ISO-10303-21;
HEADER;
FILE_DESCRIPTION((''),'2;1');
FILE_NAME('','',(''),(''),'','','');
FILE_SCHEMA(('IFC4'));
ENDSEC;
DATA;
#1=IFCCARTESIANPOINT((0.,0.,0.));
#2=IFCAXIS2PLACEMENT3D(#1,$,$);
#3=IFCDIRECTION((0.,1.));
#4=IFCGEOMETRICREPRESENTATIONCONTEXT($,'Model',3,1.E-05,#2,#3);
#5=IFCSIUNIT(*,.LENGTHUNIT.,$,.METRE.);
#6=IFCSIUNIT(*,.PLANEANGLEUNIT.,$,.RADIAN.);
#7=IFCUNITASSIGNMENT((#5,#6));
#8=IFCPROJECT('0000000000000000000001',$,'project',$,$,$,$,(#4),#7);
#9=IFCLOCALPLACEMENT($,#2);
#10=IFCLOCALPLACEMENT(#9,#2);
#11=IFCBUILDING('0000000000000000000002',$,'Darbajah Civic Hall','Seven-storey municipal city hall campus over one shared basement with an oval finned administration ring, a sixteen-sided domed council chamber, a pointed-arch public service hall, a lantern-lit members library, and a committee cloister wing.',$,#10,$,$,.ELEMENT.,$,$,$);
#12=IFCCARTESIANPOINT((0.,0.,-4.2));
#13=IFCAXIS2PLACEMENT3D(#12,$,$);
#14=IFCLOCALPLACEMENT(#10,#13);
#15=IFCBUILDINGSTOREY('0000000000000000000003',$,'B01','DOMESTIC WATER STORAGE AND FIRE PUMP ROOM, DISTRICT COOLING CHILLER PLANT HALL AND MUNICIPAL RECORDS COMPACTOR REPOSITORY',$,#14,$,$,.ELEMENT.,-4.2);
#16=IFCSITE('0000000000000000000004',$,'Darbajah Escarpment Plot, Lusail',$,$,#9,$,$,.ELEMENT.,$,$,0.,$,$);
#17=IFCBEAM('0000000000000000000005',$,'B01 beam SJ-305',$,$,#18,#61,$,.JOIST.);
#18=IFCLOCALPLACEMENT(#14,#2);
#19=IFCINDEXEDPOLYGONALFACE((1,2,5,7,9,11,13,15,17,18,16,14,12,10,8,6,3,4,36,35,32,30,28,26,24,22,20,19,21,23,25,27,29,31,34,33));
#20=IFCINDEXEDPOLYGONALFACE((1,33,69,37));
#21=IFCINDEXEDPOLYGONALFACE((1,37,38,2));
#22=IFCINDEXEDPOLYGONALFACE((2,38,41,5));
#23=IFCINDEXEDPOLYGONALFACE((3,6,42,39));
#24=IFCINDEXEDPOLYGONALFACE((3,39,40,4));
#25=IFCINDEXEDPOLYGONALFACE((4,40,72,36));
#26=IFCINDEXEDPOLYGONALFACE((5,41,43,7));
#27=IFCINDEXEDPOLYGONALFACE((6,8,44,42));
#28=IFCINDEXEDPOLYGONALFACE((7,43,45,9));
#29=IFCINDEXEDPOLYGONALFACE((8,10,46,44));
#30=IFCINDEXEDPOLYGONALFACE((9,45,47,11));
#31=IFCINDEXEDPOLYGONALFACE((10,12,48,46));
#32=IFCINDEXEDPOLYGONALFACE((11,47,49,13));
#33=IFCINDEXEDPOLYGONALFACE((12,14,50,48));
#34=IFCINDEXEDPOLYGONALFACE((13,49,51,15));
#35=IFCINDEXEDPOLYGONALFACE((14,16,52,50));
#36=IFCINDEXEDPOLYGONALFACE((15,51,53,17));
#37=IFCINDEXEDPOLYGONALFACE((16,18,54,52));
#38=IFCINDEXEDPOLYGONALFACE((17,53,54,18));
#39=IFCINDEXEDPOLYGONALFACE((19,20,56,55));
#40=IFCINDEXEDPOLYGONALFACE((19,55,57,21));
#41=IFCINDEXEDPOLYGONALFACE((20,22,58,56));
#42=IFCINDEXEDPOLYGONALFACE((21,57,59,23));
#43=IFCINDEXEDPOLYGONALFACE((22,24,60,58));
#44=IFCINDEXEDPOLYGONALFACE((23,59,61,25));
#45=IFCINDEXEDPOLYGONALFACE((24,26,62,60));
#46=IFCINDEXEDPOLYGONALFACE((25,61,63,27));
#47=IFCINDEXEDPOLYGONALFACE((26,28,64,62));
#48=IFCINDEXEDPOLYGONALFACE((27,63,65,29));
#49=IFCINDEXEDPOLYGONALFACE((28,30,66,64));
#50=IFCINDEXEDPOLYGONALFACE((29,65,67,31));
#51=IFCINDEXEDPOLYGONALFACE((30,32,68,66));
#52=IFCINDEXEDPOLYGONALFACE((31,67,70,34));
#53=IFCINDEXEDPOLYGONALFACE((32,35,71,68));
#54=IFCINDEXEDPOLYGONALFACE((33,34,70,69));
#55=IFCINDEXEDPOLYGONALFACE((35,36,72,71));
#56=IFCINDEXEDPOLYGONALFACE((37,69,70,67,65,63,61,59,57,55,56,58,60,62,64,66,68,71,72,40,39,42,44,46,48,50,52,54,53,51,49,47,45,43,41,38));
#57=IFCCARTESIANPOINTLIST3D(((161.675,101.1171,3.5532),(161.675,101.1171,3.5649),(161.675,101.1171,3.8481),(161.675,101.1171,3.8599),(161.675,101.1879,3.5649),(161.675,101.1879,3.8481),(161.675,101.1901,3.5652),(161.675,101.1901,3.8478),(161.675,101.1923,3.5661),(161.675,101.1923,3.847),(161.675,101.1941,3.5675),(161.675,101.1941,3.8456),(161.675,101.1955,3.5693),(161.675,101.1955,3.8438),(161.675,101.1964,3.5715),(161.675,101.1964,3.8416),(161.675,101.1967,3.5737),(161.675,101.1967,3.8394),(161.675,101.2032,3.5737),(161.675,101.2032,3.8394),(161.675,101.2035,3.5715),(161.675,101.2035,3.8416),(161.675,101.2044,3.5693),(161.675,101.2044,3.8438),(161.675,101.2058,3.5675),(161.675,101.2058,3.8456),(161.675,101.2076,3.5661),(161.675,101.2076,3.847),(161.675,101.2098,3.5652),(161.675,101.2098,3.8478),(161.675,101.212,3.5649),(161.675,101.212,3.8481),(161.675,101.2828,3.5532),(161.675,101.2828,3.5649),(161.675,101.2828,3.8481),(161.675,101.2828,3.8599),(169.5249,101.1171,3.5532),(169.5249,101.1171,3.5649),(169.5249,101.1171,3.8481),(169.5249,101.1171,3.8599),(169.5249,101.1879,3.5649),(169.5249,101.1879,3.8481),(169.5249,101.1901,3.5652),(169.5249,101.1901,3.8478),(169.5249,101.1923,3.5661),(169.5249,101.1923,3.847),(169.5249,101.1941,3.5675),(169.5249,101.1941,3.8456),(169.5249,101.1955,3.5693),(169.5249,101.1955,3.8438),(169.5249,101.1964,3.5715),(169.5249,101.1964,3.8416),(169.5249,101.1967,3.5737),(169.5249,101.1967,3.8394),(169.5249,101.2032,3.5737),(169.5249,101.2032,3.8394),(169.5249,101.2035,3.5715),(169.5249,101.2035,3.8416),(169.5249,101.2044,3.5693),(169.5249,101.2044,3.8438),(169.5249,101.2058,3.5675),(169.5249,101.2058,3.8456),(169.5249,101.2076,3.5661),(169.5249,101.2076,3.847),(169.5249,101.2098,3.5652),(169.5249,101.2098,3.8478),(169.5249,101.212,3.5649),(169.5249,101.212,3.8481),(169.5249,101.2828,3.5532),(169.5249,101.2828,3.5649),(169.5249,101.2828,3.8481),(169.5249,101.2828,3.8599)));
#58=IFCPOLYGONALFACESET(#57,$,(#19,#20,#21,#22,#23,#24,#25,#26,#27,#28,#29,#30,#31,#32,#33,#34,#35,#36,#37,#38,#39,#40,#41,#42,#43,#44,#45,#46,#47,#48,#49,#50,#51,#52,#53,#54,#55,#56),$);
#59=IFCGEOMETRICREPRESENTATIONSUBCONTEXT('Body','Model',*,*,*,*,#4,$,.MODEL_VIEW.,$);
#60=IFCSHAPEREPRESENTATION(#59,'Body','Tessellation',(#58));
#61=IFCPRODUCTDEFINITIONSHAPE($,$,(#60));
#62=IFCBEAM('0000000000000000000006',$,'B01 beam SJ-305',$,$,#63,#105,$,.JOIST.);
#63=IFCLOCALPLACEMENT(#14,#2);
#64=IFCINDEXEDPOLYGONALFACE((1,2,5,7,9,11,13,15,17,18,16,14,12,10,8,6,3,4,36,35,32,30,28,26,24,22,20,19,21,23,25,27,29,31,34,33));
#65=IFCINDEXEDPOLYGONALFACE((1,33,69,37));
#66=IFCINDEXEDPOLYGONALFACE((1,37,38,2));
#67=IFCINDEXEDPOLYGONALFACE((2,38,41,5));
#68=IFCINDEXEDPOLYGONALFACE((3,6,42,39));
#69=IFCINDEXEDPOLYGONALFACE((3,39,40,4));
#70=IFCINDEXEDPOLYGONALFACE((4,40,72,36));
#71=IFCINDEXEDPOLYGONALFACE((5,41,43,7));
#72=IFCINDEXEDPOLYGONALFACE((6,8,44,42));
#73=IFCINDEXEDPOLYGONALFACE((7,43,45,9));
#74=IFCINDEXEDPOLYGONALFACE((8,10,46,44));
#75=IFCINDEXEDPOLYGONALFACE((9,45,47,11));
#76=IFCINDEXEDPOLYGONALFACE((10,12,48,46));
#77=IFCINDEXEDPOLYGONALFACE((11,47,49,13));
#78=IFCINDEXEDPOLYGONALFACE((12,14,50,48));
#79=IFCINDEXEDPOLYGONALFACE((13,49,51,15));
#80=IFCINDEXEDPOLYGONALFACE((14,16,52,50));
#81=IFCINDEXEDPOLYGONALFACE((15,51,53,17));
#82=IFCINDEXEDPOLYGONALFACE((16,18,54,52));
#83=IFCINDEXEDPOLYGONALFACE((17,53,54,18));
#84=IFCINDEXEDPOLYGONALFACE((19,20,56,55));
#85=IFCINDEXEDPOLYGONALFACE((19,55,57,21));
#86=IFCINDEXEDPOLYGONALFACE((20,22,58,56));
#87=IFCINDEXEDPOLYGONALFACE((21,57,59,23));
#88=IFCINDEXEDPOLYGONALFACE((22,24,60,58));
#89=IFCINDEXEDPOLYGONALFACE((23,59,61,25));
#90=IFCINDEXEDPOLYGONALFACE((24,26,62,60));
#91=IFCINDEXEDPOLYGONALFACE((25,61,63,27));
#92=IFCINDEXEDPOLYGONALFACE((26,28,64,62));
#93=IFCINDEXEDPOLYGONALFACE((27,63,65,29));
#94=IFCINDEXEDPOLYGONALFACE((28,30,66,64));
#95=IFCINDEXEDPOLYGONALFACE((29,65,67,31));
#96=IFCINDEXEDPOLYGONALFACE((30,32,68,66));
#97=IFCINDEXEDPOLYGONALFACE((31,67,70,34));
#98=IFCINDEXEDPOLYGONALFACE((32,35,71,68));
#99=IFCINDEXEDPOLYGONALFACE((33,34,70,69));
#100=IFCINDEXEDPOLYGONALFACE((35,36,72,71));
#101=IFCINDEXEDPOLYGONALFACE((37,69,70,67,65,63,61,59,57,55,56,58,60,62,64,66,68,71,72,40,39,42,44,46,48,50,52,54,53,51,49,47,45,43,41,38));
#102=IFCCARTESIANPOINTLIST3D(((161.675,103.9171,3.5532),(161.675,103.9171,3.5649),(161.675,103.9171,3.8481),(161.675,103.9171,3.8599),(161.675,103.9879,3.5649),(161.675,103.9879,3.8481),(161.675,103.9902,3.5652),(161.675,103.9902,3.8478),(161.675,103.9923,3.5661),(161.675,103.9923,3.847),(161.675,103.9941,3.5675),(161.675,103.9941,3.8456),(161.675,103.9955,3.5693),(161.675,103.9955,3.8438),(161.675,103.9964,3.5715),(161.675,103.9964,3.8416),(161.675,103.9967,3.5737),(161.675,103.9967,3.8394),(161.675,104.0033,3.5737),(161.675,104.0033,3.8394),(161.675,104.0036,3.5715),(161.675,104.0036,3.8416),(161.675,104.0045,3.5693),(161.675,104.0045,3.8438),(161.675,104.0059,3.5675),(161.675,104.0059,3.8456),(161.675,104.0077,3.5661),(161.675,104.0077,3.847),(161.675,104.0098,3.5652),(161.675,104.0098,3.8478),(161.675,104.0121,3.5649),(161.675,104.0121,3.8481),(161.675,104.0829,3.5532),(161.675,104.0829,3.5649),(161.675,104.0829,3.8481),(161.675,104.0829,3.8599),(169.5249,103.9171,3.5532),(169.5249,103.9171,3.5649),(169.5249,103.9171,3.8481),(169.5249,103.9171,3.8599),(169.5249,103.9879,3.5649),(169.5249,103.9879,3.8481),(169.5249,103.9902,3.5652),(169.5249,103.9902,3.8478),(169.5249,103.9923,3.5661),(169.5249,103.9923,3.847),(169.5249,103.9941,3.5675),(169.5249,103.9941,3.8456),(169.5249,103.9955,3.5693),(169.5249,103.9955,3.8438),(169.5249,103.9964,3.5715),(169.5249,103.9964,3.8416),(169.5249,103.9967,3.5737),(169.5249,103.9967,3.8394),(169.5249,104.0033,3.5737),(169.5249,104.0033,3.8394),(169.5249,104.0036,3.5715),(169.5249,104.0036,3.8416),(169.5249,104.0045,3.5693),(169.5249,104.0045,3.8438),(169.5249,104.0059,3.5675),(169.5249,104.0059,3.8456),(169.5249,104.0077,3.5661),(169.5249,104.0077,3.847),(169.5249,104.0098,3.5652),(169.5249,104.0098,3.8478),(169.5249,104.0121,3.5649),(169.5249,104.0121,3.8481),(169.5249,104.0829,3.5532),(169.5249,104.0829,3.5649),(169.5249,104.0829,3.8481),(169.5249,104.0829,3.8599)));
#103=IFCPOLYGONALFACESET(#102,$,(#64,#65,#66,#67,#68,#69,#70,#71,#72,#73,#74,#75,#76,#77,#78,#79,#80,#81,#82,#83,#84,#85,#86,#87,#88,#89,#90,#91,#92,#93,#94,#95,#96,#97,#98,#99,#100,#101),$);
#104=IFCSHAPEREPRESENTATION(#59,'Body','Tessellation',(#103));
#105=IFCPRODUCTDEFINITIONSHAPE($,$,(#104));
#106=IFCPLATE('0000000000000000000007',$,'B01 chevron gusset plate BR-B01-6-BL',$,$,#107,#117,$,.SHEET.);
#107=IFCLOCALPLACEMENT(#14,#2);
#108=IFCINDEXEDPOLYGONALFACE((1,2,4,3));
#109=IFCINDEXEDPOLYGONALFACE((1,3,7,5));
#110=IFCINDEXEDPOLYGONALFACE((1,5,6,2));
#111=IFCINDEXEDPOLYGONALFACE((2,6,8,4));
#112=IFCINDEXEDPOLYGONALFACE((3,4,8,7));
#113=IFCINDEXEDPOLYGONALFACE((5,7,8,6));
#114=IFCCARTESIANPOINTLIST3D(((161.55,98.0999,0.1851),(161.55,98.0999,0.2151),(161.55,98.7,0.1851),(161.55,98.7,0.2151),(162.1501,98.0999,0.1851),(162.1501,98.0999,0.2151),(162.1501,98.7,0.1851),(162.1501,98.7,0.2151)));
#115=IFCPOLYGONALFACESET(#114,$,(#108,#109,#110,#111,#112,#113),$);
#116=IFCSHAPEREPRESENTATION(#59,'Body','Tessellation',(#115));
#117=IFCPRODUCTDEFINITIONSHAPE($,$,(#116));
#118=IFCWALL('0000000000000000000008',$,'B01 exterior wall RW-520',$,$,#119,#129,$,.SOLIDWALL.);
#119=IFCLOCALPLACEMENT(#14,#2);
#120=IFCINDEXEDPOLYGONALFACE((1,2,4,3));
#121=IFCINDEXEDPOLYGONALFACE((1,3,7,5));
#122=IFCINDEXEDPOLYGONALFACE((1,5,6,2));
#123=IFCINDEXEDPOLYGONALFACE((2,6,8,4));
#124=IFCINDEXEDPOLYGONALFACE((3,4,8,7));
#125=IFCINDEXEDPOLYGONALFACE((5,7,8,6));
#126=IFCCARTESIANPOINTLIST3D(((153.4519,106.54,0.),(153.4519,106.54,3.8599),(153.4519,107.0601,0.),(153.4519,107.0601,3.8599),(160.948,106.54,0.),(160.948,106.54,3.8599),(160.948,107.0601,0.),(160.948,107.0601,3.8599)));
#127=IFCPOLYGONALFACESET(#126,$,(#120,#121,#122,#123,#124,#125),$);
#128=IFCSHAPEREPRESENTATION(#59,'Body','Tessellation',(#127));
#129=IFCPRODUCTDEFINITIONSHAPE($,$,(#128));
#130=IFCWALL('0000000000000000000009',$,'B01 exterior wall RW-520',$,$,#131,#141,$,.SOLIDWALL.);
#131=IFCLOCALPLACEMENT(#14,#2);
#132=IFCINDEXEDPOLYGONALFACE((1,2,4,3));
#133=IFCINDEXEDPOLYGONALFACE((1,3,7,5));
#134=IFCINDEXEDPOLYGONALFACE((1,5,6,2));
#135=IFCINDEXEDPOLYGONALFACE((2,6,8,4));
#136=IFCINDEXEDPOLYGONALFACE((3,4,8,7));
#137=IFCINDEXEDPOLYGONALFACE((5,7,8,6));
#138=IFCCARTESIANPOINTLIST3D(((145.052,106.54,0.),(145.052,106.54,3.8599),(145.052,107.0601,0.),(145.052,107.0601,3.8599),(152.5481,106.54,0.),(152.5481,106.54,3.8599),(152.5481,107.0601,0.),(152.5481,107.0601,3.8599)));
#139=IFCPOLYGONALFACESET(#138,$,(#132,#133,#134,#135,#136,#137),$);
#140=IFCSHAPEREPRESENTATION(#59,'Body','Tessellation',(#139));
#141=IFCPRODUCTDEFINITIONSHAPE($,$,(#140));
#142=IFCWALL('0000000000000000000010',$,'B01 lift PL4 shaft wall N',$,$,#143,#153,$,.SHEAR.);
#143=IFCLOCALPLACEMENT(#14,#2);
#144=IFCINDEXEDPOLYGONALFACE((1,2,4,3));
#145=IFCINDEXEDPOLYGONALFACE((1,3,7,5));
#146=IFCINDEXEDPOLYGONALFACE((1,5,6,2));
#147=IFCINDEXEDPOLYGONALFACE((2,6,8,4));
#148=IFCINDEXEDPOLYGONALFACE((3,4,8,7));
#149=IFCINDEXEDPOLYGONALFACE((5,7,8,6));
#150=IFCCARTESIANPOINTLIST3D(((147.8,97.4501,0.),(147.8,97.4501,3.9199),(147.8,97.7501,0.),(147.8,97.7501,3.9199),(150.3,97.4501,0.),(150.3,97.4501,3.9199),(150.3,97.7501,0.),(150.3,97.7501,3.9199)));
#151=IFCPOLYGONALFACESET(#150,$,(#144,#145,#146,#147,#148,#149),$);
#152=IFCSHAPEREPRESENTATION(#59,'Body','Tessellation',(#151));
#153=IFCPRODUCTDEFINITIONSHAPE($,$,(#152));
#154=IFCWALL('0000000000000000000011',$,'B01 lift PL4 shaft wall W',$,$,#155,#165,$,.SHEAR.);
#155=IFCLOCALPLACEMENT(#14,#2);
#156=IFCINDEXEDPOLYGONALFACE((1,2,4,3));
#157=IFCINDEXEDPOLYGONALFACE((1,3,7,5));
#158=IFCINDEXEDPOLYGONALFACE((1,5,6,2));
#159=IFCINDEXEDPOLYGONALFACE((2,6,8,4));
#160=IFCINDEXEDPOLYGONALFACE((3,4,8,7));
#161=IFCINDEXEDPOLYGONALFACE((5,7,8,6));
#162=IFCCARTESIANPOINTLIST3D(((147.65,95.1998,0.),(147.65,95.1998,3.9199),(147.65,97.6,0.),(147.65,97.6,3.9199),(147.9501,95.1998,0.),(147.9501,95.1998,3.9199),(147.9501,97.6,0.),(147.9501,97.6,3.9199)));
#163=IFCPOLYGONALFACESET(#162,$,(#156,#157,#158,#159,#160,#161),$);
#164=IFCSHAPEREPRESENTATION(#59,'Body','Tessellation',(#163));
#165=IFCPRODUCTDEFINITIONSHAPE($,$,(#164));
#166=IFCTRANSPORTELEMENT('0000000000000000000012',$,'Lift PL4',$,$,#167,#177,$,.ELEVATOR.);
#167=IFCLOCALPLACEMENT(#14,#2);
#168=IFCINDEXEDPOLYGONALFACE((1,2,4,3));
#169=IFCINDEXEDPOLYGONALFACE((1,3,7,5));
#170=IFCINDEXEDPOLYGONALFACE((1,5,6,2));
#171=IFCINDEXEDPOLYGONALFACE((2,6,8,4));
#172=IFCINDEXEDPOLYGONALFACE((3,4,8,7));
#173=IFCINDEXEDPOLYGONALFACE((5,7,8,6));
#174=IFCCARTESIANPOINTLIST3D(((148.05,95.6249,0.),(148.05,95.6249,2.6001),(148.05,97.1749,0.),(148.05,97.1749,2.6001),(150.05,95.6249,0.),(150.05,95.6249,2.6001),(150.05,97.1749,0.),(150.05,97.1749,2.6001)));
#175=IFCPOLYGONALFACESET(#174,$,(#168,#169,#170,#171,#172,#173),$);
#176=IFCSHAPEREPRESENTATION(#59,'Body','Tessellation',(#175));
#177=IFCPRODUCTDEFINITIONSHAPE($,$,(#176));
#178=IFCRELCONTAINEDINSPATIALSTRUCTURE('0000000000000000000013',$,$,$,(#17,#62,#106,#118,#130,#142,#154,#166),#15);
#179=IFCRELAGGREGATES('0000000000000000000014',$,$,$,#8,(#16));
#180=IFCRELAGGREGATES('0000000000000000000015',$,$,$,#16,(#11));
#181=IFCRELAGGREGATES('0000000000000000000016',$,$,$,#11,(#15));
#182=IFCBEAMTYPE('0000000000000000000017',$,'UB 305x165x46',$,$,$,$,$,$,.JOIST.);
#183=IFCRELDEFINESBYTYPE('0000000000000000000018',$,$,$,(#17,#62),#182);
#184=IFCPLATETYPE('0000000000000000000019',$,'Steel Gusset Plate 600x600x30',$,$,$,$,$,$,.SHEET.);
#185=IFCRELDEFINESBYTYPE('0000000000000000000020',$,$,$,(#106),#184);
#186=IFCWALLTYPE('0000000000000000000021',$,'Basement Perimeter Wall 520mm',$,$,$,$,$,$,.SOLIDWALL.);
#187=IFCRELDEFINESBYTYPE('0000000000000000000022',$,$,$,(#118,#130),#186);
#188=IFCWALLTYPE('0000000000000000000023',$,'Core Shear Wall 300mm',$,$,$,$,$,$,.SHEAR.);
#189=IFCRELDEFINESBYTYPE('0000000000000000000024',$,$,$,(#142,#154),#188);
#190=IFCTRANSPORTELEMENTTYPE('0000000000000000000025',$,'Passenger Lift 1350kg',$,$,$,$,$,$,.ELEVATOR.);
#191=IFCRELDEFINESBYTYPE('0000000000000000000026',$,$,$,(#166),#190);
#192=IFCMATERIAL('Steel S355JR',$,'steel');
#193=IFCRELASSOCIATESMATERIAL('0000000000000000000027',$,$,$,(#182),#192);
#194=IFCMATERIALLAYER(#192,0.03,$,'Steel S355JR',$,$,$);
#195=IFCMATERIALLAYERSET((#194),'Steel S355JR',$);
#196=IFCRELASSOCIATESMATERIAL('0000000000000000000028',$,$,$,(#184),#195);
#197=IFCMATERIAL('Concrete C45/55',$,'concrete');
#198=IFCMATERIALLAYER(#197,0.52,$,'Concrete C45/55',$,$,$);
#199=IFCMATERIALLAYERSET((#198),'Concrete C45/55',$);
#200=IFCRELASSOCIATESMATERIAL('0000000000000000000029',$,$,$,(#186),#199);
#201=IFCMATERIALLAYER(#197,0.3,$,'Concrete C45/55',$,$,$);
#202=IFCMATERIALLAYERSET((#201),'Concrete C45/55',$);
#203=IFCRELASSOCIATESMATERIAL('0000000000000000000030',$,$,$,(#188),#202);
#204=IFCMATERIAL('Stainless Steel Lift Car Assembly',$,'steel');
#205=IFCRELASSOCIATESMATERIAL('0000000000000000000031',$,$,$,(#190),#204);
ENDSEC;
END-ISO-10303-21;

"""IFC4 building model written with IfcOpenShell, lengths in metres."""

from ifc_helpers import new_model, si_unit, direction, frame, frame_2d, origin, origin_2d, place, context, subcontext, project, spatial, rectangle, i_section, extrude, material, layer, layer_set, material_profile, profile_set, type_object, element, save


model = new_model("IFC4")

# Units and contexts
model_context = context("Model", 3, precision=1e-05, world=origin(), true_north=direction((0.0, 1.0)))
body_context = subcontext(model_context, "Body", "Model", "MODEL_VIEW")
ifc_project = project(units=[si_unit("LENGTHUNIT", "METRE"), si_unit("PLANEANGLEUNIT", "RADIAN")], contexts=[model_context])

# Site, building, storey
site_placement = place(None, origin())
site = spatial("IfcSite", under=ifc_project, at=site_placement, Name="Darbajah Escarpment Plot, Lusail", CompositionType="ELEMENT", RefElevation=0.0)
building_placement = place(site_placement, origin())
building = spatial("IfcBuilding", under=site, at=building_placement, Name="Darbajah Civic Hall", Description="Seven-storey municipal city hall campus over one shared basement with an oval finned administration ring, a sixteen-sided domed council chamber, a pointed-arch public service hall, a lantern-lit members library, and a committee cloister wing.", CompositionType="ELEMENT")
storey_placement = place(building_placement, frame((0.0, 0.0, -4.2)))
storey = spatial("IfcBuildingStorey", under=building, at=storey_placement, Name="B01", Description="DOMESTIC WATER STORAGE AND FIRE PUMP ROOM, DISTRICT COOLING CHILLER PLANT HALL AND MUNICIPAL RECORDS COMPACTOR REPOSITORY", CompositionType="ELEMENT", Elevation=-4.2)

# Shared definitions
ifc_material_1 = material(Name="Concrete C45/55", Category="concrete")

# Shared definitions
ifc_material_2 = material(Name="Steel S355JR", Category="steel")

# Beams
ifc_material_profile_1 = material_profile(ifc_material_2, i_section(OverallWidth=0.1658, OverallDepth=0.3066, WebThickness=0.0066, FlangeThickness=0.0117, FilletRadius=0.0088, at=origin_2d()), Name="UB 305x165x46")
ifc_profile_set_1 = profile_set([ifc_material_profile_1], Name="Steel S355JR")
beam_type_1 = type_object("IfcBeamType", Name="UB 305x165x46", PredefinedType="JOIST", material=ifc_profile_set_1)
for number, where, z_axis, x_axis, name in (
    (1, (161.675, 101.2, 3.7065), (1.0, 0.0, 0.0), (0.0, 1.0, 0.0), "B01 beam SJ-305"),
    (2, (161.675, 104.0, 3.7065), (1.0, 0.0, 0.0), (0.0, 1.0, 0.0), "B01 beam SJ-305"),
):
    element("IfcBeam", number, at=place(storey_placement, frame(where, z_axis=z_axis, x_axis=x_axis)), inside=storey, type_object=beam_type_1, Name=name, PredefinedType="JOIST", context=body_context, shape_type="SweptSolid", body=[
        extrude(i_section(OverallWidth=0.1658, OverallDepth=0.3066, WebThickness=0.0066, FlangeThickness=0.0117, FilletRadius=0.0088, at=origin_2d()), origin(), (0.0, 0.0, 1.0), 7.8499),
    ])

# Plate
ifc_layer_1 = layer(ifc_material_2, 0.03, Name="Steel S355JR")
ifc_layer_set_1 = layer_set([ifc_layer_1], Name="Steel S355JR")
plate_type = type_object("IfcPlateType", Name="Steel Gusset Plate 600x600x30", PredefinedType="SHEET", material=ifc_layer_set_1)
plate_placement = place(storey_placement, frame((161.8501, 98.3999, 0.1851), z_axis=(0.0, 0.0, 1.0), x_axis=(1.0, 0.0, 0.0)))
element("IfcPlate", 3, at=plate_placement, inside=storey, type_object=plate_type, Name="B01 chevron gusset plate BR-B01-6-BL", PredefinedType="SHEET", context=body_context, shape_type="SweptSolid", body=[
    extrude(rectangle(XDim=0.6001, YDim=0.6001, at=origin_2d()), origin(), (0.0, 0.0, 1.0), 0.03),
])

# Walls
ifc_layer_2 = layer(ifc_material_1, 0.52, Name="Concrete C45/55")
ifc_layer_set_2 = layer_set([ifc_layer_2], Name="Concrete C45/55")
wall_type_1 = type_object("IfcWallType", Name="Basement Perimeter Wall 520mm", PredefinedType="SOLIDWALL", material=ifc_layer_set_2)
for number, where, z_axis, x_axis, name in (
    (4, (160.948, 106.8, 0.0), (0.0, 0.0, 1.0), (-1.0, 0.0, 0.0), "B01 exterior wall RW-520"),
    (5, (152.5481, 106.8, 0.0), (0.0, 0.0, 1.0), (-1.0, 0.0, 0.0), "B01 exterior wall RW-520"),
):
    element("IfcWall", number, at=place(storey_placement, frame(where, z_axis=z_axis, x_axis=x_axis)), inside=storey, type_object=wall_type_1, Name=name, PredefinedType="SOLIDWALL", context=body_context, shape_type="SweptSolid", body=[
        extrude(rectangle(XDim=7.4961, YDim=0.52, at=frame_2d((3.748, 0.0))), origin(), (0.0, 0.0, 1.0), 3.8599),
    ])
ifc_layer_3 = layer(ifc_material_1, 0.3, Name="Concrete C45/55")
ifc_layer_set_3 = layer_set([ifc_layer_3], Name="Concrete C45/55")
wall_type_2 = type_object("IfcWallType", Name="Core Shear Wall 300mm", PredefinedType="SHEAR", material=ifc_layer_set_3)
wall_1_placement = place(storey_placement, frame((150.3, 97.6001, 0.0), z_axis=(0.0, 0.0, 1.0), x_axis=(-1.0, 0.0, 0.0)))
element("IfcWall", 6, at=wall_1_placement, inside=storey, type_object=wall_type_2, Name="B01 lift PL4 shaft wall N", PredefinedType="SHEAR", context=body_context, shape_type="SweptSolid", body=[
    extrude(rectangle(XDim=2.5, YDim=0.3, at=frame_2d((1.25, 0.0))), origin(), (0.0, 0.0, 1.0), 3.9199),
])
wall_2_placement = place(storey_placement, frame((147.8, 97.6001, 0.0), z_axis=(0.0, 0.0, 1.0), x_axis=(0.0, -1.0, 0.0)))
element("IfcWall", 7, at=wall_2_placement, inside=storey, type_object=wall_type_2, Name="B01 lift PL4 shaft wall W", PredefinedType="SHEAR", context=body_context, shape_type="SweptSolid", body=[
    extrude(rectangle(XDim=2.4001, YDim=0.3, at=frame_2d((1.2002, 0.0))), origin(), (0.0, 0.0, 1.0), 3.9199),
])

# Transport element
ifc_material_3 = material(Name="Stainless Steel Lift Car Assembly", Category="steel")
transport_element_type = type_object("IfcTransportElementType", Name="Passenger Lift 1350kg", PredefinedType="ELEVATOR", material=ifc_material_3)
transport_element_placement = place(storey_placement, frame((149.05, 96.3999, 0.0), z_axis=(0.0, 0.0, 1.0), x_axis=(1.0, 0.0, 0.0)))
element("IfcTransportElement", 8, at=transport_element_placement, inside=storey, type_object=transport_element_type, Name="Lift PL4", PredefinedType="ELEVATOR", context=body_context, shape_type="SweptSolid", body=[
    extrude(rectangle(XDim=2.0, YDim=1.55, at=origin_2d()), origin(), (0.0, 0.0, 1.0), 2.6001),
])

save(model, "model.ifc")
